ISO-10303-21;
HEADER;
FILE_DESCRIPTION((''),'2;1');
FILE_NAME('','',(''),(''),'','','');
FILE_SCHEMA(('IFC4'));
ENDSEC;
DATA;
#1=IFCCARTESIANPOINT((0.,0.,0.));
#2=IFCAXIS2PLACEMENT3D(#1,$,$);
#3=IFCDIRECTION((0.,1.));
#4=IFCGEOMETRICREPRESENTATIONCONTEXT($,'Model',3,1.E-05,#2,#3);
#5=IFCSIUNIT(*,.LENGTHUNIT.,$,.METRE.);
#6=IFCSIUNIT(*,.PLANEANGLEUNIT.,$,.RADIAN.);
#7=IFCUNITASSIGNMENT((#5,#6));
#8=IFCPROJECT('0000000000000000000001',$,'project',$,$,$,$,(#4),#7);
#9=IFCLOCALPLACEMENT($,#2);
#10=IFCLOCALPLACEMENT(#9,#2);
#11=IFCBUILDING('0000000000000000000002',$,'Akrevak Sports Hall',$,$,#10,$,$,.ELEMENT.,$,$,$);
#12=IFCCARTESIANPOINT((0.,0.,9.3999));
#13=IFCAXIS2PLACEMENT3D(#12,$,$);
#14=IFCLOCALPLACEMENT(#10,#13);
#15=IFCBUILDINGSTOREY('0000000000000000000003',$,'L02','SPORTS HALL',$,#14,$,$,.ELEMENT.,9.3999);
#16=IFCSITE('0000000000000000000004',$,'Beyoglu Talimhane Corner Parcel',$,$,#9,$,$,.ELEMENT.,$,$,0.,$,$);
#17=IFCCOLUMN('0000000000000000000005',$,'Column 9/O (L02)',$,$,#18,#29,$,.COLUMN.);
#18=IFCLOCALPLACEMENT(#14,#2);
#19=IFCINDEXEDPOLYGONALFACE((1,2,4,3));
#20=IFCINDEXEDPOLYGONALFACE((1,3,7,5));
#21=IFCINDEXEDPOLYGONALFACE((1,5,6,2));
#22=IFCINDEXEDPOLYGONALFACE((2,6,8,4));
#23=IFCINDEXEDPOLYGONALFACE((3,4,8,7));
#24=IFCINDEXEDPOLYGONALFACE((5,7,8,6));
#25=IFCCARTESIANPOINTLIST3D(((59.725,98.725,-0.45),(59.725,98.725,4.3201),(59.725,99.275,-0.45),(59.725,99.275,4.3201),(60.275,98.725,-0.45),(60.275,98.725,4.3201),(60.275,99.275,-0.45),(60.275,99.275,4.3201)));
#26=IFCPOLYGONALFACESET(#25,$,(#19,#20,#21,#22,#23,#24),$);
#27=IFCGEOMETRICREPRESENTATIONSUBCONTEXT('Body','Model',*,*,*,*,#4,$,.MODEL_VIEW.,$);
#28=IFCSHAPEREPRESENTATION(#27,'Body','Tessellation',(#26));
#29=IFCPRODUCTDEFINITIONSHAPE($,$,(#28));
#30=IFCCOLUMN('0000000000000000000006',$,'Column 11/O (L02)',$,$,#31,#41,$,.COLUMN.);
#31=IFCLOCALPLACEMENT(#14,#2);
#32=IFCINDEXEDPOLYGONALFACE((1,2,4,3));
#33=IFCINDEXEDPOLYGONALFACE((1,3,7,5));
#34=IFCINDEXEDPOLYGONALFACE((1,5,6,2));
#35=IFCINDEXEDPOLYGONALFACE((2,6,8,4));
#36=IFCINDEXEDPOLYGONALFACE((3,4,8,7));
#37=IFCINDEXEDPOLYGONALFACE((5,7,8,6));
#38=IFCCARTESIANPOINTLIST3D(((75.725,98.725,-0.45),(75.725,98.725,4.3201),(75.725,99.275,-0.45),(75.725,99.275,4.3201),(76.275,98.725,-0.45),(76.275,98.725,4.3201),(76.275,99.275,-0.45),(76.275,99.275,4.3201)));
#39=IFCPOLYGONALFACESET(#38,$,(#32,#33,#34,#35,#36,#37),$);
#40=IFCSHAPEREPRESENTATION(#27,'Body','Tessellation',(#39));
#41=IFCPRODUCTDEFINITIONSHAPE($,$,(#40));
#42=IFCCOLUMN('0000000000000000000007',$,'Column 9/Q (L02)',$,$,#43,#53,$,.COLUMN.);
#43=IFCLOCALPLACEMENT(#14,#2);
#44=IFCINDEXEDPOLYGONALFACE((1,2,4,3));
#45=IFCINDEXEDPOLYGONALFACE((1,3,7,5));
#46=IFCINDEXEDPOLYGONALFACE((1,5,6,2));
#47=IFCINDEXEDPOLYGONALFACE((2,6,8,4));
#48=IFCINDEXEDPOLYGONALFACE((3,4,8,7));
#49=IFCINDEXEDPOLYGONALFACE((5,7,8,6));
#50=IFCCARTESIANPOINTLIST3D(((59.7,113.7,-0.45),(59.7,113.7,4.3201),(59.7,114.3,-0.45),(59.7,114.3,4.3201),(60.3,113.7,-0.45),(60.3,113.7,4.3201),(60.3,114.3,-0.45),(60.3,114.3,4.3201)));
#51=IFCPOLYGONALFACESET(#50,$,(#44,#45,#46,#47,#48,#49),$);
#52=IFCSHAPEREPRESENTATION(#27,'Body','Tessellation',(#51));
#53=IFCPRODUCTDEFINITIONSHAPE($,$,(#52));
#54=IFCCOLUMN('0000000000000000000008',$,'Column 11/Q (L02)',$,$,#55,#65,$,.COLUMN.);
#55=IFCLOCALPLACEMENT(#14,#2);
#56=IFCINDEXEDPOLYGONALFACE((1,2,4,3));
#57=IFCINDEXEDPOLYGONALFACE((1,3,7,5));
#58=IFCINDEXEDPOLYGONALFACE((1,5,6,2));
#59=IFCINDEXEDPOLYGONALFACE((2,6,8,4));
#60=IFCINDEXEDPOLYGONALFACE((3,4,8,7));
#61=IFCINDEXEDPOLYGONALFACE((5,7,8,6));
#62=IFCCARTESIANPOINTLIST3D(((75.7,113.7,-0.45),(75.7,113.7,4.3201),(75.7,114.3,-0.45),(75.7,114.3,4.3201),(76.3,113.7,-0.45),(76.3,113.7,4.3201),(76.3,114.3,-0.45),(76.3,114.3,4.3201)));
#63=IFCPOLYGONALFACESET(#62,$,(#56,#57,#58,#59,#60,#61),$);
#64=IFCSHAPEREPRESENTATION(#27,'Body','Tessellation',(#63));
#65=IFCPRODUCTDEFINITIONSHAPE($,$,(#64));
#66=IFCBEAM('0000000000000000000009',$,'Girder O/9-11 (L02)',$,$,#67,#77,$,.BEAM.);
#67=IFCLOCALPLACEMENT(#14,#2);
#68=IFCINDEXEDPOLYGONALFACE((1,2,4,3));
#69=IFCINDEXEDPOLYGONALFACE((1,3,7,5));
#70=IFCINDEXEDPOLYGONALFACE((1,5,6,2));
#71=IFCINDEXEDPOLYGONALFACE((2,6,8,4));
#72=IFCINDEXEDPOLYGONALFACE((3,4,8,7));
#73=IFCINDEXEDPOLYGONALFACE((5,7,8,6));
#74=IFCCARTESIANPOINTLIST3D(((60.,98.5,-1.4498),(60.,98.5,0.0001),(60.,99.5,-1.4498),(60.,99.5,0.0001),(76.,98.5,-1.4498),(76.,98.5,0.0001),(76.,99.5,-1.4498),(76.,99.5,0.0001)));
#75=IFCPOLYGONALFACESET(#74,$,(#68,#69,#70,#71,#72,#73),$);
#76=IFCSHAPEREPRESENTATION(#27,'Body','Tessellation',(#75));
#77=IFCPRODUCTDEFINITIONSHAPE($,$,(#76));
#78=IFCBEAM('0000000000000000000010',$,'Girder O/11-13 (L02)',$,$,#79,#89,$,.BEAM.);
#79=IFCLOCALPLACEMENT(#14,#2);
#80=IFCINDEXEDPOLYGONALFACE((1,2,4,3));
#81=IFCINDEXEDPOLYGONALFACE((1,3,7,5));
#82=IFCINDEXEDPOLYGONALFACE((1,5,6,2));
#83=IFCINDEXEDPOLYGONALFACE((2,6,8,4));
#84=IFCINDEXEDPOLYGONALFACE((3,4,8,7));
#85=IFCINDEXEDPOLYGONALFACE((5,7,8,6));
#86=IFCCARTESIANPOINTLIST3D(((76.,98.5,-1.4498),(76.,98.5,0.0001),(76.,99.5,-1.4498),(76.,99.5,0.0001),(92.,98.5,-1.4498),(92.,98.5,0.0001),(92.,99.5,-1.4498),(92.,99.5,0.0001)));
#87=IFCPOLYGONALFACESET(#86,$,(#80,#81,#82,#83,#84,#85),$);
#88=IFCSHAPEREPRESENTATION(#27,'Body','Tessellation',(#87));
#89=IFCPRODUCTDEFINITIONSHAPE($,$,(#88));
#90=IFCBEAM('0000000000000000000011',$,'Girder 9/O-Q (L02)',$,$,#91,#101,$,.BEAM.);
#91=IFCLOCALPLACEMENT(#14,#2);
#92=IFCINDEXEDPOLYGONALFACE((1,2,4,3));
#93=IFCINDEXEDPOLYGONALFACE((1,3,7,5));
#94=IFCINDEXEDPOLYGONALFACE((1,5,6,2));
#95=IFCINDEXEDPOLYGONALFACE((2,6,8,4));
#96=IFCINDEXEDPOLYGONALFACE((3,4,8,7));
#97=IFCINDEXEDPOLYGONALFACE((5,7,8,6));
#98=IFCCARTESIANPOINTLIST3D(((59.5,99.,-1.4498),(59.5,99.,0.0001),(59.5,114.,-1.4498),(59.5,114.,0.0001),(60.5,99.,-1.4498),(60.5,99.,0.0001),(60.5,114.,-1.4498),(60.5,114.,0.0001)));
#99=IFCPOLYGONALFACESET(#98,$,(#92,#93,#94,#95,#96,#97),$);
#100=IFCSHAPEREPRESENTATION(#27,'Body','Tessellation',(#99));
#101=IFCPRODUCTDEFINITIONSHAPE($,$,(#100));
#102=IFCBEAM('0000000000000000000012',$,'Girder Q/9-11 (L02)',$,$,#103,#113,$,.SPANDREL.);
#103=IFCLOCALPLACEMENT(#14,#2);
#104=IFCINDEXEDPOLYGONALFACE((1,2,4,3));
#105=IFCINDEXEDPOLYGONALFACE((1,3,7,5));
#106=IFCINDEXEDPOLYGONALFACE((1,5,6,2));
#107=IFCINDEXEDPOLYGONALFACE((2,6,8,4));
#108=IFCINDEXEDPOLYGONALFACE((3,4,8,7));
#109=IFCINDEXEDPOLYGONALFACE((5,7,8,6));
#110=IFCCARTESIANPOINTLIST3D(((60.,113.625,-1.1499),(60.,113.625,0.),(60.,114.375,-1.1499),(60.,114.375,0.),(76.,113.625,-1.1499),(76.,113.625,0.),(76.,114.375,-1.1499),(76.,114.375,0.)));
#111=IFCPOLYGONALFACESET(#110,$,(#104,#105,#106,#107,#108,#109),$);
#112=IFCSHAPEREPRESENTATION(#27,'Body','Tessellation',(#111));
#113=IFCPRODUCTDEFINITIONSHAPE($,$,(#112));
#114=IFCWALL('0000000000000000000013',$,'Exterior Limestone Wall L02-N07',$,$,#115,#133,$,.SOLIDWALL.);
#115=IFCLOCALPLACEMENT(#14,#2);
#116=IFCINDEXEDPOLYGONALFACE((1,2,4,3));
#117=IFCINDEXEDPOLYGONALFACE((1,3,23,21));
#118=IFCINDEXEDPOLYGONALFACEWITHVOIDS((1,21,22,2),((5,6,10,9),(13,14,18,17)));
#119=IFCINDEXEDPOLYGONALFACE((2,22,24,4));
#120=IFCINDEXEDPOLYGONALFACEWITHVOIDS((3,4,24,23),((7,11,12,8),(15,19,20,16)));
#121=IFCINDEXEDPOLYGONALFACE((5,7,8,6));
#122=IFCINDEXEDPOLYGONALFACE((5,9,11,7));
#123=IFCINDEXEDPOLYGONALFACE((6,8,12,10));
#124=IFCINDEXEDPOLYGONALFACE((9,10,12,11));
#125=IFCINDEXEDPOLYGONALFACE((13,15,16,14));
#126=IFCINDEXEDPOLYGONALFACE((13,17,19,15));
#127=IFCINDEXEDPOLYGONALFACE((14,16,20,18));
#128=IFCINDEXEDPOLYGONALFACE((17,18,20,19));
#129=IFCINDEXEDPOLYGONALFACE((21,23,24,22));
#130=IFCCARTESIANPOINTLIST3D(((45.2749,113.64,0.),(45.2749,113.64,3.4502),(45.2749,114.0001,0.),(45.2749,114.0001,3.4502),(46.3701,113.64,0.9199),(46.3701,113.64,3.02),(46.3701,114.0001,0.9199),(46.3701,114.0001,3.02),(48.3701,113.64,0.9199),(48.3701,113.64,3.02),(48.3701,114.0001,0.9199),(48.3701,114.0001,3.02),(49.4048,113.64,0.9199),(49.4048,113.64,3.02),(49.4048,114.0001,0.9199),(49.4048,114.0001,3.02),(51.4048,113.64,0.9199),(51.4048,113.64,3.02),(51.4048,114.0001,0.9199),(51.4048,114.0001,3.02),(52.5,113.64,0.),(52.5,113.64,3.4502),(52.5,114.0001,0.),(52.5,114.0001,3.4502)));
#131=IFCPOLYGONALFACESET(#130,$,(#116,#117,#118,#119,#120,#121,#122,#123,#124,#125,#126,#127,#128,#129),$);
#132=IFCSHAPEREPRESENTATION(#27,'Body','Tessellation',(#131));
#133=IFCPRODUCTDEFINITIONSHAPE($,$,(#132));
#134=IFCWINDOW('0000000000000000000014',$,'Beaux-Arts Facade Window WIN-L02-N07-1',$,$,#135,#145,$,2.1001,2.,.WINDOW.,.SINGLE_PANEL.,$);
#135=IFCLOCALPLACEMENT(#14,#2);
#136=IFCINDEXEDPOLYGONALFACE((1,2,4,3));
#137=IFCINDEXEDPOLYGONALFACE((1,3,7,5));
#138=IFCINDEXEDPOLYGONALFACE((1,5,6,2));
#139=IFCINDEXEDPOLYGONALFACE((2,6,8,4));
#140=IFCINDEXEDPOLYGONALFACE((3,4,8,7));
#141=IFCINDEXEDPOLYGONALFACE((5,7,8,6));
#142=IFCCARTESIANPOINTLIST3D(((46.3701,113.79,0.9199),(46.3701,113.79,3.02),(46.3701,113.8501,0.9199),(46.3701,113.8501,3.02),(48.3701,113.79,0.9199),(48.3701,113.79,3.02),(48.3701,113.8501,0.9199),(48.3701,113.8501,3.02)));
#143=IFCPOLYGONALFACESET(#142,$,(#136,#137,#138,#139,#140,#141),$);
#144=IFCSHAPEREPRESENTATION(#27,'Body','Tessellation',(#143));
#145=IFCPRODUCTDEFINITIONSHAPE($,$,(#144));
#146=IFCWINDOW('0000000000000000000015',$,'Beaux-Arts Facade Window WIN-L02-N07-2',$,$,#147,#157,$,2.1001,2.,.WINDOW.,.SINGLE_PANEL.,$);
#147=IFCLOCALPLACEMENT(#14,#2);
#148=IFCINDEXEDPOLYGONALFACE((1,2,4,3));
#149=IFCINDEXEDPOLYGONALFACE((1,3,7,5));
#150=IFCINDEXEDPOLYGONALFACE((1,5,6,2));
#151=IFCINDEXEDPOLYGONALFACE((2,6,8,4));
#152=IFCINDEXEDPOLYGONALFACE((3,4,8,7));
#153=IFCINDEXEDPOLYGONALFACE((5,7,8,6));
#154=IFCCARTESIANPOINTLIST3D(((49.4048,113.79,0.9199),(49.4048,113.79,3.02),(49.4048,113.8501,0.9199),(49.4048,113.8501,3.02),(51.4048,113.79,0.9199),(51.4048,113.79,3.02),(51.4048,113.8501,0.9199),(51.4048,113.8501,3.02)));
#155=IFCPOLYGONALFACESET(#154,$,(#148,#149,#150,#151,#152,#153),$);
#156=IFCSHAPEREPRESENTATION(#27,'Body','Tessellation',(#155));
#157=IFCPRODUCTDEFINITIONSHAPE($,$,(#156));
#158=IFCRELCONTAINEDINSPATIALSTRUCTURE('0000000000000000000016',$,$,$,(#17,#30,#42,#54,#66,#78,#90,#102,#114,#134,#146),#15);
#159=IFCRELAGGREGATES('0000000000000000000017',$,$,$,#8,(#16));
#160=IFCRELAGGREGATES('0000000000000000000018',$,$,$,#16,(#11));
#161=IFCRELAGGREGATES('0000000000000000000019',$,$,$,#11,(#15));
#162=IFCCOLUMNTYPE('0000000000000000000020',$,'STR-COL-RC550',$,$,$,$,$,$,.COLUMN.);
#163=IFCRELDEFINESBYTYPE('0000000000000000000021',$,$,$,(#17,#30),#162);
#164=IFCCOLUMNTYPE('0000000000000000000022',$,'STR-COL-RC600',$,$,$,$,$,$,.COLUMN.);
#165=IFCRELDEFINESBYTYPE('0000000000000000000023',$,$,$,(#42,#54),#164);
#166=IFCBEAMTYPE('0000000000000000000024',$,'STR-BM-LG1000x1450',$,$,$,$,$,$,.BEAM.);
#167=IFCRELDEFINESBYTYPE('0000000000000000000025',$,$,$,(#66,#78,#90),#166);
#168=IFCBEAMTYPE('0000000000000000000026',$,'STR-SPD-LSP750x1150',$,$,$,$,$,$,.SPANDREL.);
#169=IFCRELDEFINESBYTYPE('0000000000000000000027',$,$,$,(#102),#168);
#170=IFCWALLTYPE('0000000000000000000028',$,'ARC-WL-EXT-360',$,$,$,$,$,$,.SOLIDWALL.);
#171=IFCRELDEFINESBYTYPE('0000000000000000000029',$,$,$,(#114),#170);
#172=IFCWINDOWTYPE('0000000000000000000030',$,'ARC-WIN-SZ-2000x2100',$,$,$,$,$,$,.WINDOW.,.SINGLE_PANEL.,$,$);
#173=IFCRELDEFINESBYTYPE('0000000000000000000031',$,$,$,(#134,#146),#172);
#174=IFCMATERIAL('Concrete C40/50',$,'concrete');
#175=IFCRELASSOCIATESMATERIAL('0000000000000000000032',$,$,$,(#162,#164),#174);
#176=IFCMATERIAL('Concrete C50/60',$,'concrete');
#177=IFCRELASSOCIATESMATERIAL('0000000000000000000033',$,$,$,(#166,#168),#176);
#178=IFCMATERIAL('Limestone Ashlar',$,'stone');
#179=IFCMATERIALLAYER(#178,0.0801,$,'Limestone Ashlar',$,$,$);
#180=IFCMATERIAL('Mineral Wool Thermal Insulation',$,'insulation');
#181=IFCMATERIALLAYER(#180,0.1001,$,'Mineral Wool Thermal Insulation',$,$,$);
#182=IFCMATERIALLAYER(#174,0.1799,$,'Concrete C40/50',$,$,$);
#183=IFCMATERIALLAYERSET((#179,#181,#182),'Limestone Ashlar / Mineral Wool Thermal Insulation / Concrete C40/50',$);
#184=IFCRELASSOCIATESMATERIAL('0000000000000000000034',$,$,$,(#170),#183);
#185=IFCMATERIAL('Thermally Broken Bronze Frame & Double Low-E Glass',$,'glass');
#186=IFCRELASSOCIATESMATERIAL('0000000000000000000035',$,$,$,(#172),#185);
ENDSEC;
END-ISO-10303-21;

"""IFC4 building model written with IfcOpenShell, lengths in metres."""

from ifc_helpers import new_model, si_unit, direction, frame, frame_2d, origin, origin_2d, place, context, subcontext, project, spatial, rectangle, extrude, material, layer, layer_set, material_profile, profile_set, type_object, element, fill, save


model = new_model("IFC4")

# Units and contexts
model_context = context("Model", 3, precision=1e-05, world=origin(), true_north=direction((0.0, 1.0)))
body_context = subcontext(model_context, "Body", "Model", "MODEL_VIEW")
ifc_project = project(units=[si_unit("LENGTHUNIT", "METRE"), si_unit("PLANEANGLEUNIT", "RADIAN")], contexts=[model_context])

# Site, building, storey
site_placement = place(None, origin())
site = spatial("IfcSite", under=ifc_project, at=site_placement, Name="Beyoglu Talimhane Corner Parcel", CompositionType="ELEMENT", RefElevation=0.0)
building_placement = place(site_placement, origin())
building = spatial("IfcBuilding", under=site, at=building_placement, Name="Akrevak Sports Hall", CompositionType="ELEMENT")
storey_placement = place(building_placement, frame((0.0, 0.0, 9.3999)))
storey = spatial("IfcBuildingStorey", under=building, at=storey_placement, Name="L02", Description="SPORTS HALL", CompositionType="ELEMENT", Elevation=9.3999)

# Columns
ifc_material_1 = material(Name="Concrete C40/50", Category="concrete")
ifc_material_profile_1 = material_profile(ifc_material_1, rectangle(XDim=0.55, YDim=0.55, at=origin_2d()), Name="RC 550x550", Category="concrete")
ifc_profile_set_1 = profile_set([ifc_material_profile_1], Name="Concrete C40/50")
column_type_1 = type_object("IfcColumnType", Name="STR-COL-RC550", PredefinedType="COLUMN", material=ifc_profile_set_1)
for number, where, z_axis, x_axis, name in (
    (1, (60.0, 99.0, -0.45), (0.0, 0.0, 1.0), (1.0, 0.0, 0.0), "Column 9/O (L02)"),
    (2, (76.0, 99.0, -0.45), (0.0, 0.0, 1.0), (1.0, 0.0, 0.0), "Column 11/O (L02)"),
):
    element("IfcColumn", number, at=place(storey_placement, frame(where, z_axis=z_axis, x_axis=x_axis)), inside=storey, type_object=column_type_1, Name=name, PredefinedType="COLUMN", context=body_context, shape_type="SweptSolid", body=[
        extrude(rectangle(XDim=0.55, YDim=0.55, at=origin_2d()), origin(), (0.0, 0.0, 1.0), 4.77),
    ])
ifc_material_profile_2 = material_profile(ifc_material_1, rectangle(XDim=0.6001, YDim=0.6001, at=origin_2d()), Name="RC 600x600", Category="concrete")
ifc_profile_set_2 = profile_set([ifc_material_profile_2], Name="Concrete C40/50")
column_type_2 = type_object("IfcColumnType", Name="STR-COL-RC600", PredefinedType="COLUMN", material=ifc_profile_set_2)
for number, where, z_axis, x_axis, name in (
    (3, (60.0, 114.0, -0.45), (0.0, 0.0, 1.0), (1.0, 0.0, 0.0), "Column 9/Q (L02)"),
    (4, (76.0, 114.0, -0.45), (0.0, 0.0, 1.0), (1.0, 0.0, 0.0), "Column 11/Q (L02)"),
):
    element("IfcColumn", number, at=place(storey_placement, frame(where, z_axis=z_axis, x_axis=x_axis)), inside=storey, type_object=column_type_2, Name=name, PredefinedType="COLUMN", context=body_context, shape_type="SweptSolid", body=[
        extrude(rectangle(XDim=0.6001, YDim=0.6001, at=origin_2d()), origin(), (0.0, 0.0, 1.0), 4.77),
    ])

# Beams
ifc_material_2 = material(Name="Concrete C50/60", Category="concrete")
ifc_material_profile_3 = material_profile(ifc_material_2, rectangle(XDim=1.0, YDim=1.45, at=origin_2d()), Name="BM 1000x1450", Category="concrete")
ifc_profile_set_3 = profile_set([ifc_material_profile_3], Name="Concrete C50/60")
beam_type_1 = type_object("IfcBeamType", Name="STR-BM-LG1000x1450", PredefinedType="BEAM", material=ifc_profile_set_3)
for number, where, z_axis, x_axis, name in (
    (5, (60.0, 99.0, -0.7249), (1.0, 0.0, 0.0), (0.0, 1.0, 0.0), "Girder O/9-11 (L02)"),
    (6, (76.0, 99.0, -0.7249), (1.0, 0.0, 0.0), (0.0, 1.0, 0.0), "Girder O/11-13 (L02)"),
):
    element("IfcBeam", number, at=place(storey_placement, frame(where, z_axis=z_axis, x_axis=x_axis)), inside=storey, type_object=beam_type_1, Name=name, PredefinedType="BEAM", context=body_context, shape_type="SweptSolid", body=[
        extrude(rectangle(XDim=1.0, YDim=1.45, at=origin_2d()), origin(), (0.0, 0.0, 1.0), 16.0),
    ])
beam_1_placement = place(storey_placement, frame((60.0, 99.0, -0.7249), z_axis=(0.0, 1.0, 0.0), x_axis=(-1.0, 0.0, 0.0)))
element("IfcBeam", 7, at=beam_1_placement, inside=storey, type_object=beam_type_1, Name="Girder 9/O-Q (L02)", PredefinedType="BEAM", context=body_context, shape_type="SweptSolid", body=[
    extrude(rectangle(XDim=1.0, YDim=1.45, at=origin_2d()), origin(), (0.0, 0.0, 1.0), 15.0),
])
ifc_material_profile_4 = material_profile(ifc_material_2, rectangle(XDim=0.75, YDim=1.1499, at=origin_2d()), Name="SPD 750x1150", Category="concrete")
ifc_profile_set_4 = profile_set([ifc_material_profile_4], Name="Concrete C50/60")
beam_type_2 = type_object("IfcBeamType", Name="STR-SPD-LSP750x1150", PredefinedType="SPANDREL", material=ifc_profile_set_4)
beam_2_placement = place(storey_placement, frame((60.0, 114.0, -0.575), z_axis=(1.0, 0.0, 0.0), x_axis=(0.0, 1.0, 0.0)))
element("IfcBeam", 8, at=beam_2_placement, inside=storey, type_object=beam_type_2, Name="Girder Q/9-11 (L02)", PredefinedType="SPANDREL", context=body_context, shape_type="SweptSolid", body=[
    extrude(rectangle(XDim=0.75, YDim=1.1499, at=origin_2d()), origin(), (0.0, 0.0, 1.0), 16.0),
])

# Wall, openings, windows
ifc_material_3 = material(Name="Limestone Ashlar", Category="stone")
ifc_layer_1 = layer(ifc_material_3, 0.0801, Name="Limestone Ashlar")
ifc_material_4 = material(Name="Mineral Wool Thermal Insulation", Category="insulation")
ifc_layer_2 = layer(ifc_material_4, 0.1001, Name="Mineral Wool Thermal Insulation")
ifc_layer_3 = layer(ifc_material_1, 0.1799, Name="Concrete C40/50")
ifc_layer_set_1 = layer_set([ifc_layer_1, ifc_layer_2, ifc_layer_3], Name="Limestone Ashlar / Mineral Wool Thermal Insulation / Concrete C40/50")
wall_type_1 = type_object("IfcWallType", Name="ARC-WL-EXT-360", PredefinedType="SOLIDWALL", material=ifc_layer_set_1)
wall_1_placement = place(storey_placement, frame((52.5, 113.8201, 0.0), z_axis=(0.0, 0.0, 1.0), x_axis=(-1.0, 0.0, 0.0)))
wall_1 = element("IfcWall", 9, at=wall_1_placement, inside=storey, type_object=wall_type_1, Name="Exterior Limestone Wall L02-N07", PredefinedType="SOLIDWALL", context=body_context, shape_type="SweptSolid", body=[
    extrude(rectangle(XDim=7.2251, YDim=0.3601, at=frame_2d((3.6125, 0.0))), origin(), (0.0, 0.0, 1.0), 3.4502),
])
opening_1_placement = place(wall_1_placement, frame((4.1299, 0.0, 0.9199)))
opening_1 = element("IfcOpeningElement", 10, at=opening_1_placement, cuts=wall_1, PredefinedType="OPENING", context=body_context, shape_type="SweptSolid", body=[
    extrude(rectangle(XDim=2.0, YDim=2.1001, at=frame_2d((1.0, 1.05))), frame((0.0, 0.1919, 0.0), z_axis=(0.0, -1.0, 0.0), x_axis=(1.0, 0.0, 0.0)), (0.0, 0.0, 1.0), 0.384),
])
opening_2_placement = place(wall_1_placement, frame((1.0952, 0.0, 0.9199)))
opening_2 = element("IfcOpeningElement", 11, at=opening_2_placement, cuts=wall_1, PredefinedType="OPENING", context=body_context, shape_type="SweptSolid", body=[
    extrude(rectangle(XDim=2.0, YDim=2.1001, at=frame_2d((1.0, 1.05))), frame((0.0, 0.1919, 0.0), z_axis=(0.0, -1.0, 0.0), x_axis=(1.0, 0.0, 0.0)), (0.0, 0.0, 1.0), 0.384),
])
ifc_material_5 = material(Name="Thermally Broken Bronze Frame & Double Low-E Glass", Category="glass")
window_type_1 = type_object("IfcWindowType", Name="ARC-WIN-SZ-2000x2100", PartitioningType="SINGLE_PANEL", PredefinedType="WINDOW", material=ifc_material_5)
window_1_placement = place(opening_1_placement, origin())
window_1 = element("IfcWindow", 12, at=window_1_placement, inside=storey, type_object=window_type_1, Name="Beaux-Arts Facade Window WIN-L02-N07-1", OverallHeight=2.1001, OverallWidth=2.0, PartitioningType="SINGLE_PANEL", PredefinedType="WINDOW", context=body_context, shape_type="SweptSolid", body=[
    extrude(rectangle(XDim=2.0, YDim=2.1001, at=frame_2d((1.0, 1.05))), frame((0.0, 0.03, 0.0), z_axis=(0.0, -1.0, 0.0), x_axis=(1.0, 0.0, 0.0)), (0.0, 0.0, 1.0), 0.0601),
])
fill(opening_1, window_1)
window_2_placement = place(opening_2_placement, origin())
window_2 = element("IfcWindow", 13, at=window_2_placement, inside=storey, type_object=window_type_1, Name="Beaux-Arts Facade Window WIN-L02-N07-2", OverallHeight=2.1001, OverallWidth=2.0, PartitioningType="SINGLE_PANEL", PredefinedType="WINDOW", context=body_context, shape_type="SweptSolid", body=[
    extrude(rectangle(XDim=2.0, YDim=2.1001, at=frame_2d((1.0, 1.05))), frame((0.0, 0.03, 0.0), z_axis=(0.0, -1.0, 0.0), x_axis=(1.0, 0.0, 0.0)), (0.0, 0.0, 1.0), 0.0601),
])
fill(opening_2, window_2)

save(model, "model.ifc")
